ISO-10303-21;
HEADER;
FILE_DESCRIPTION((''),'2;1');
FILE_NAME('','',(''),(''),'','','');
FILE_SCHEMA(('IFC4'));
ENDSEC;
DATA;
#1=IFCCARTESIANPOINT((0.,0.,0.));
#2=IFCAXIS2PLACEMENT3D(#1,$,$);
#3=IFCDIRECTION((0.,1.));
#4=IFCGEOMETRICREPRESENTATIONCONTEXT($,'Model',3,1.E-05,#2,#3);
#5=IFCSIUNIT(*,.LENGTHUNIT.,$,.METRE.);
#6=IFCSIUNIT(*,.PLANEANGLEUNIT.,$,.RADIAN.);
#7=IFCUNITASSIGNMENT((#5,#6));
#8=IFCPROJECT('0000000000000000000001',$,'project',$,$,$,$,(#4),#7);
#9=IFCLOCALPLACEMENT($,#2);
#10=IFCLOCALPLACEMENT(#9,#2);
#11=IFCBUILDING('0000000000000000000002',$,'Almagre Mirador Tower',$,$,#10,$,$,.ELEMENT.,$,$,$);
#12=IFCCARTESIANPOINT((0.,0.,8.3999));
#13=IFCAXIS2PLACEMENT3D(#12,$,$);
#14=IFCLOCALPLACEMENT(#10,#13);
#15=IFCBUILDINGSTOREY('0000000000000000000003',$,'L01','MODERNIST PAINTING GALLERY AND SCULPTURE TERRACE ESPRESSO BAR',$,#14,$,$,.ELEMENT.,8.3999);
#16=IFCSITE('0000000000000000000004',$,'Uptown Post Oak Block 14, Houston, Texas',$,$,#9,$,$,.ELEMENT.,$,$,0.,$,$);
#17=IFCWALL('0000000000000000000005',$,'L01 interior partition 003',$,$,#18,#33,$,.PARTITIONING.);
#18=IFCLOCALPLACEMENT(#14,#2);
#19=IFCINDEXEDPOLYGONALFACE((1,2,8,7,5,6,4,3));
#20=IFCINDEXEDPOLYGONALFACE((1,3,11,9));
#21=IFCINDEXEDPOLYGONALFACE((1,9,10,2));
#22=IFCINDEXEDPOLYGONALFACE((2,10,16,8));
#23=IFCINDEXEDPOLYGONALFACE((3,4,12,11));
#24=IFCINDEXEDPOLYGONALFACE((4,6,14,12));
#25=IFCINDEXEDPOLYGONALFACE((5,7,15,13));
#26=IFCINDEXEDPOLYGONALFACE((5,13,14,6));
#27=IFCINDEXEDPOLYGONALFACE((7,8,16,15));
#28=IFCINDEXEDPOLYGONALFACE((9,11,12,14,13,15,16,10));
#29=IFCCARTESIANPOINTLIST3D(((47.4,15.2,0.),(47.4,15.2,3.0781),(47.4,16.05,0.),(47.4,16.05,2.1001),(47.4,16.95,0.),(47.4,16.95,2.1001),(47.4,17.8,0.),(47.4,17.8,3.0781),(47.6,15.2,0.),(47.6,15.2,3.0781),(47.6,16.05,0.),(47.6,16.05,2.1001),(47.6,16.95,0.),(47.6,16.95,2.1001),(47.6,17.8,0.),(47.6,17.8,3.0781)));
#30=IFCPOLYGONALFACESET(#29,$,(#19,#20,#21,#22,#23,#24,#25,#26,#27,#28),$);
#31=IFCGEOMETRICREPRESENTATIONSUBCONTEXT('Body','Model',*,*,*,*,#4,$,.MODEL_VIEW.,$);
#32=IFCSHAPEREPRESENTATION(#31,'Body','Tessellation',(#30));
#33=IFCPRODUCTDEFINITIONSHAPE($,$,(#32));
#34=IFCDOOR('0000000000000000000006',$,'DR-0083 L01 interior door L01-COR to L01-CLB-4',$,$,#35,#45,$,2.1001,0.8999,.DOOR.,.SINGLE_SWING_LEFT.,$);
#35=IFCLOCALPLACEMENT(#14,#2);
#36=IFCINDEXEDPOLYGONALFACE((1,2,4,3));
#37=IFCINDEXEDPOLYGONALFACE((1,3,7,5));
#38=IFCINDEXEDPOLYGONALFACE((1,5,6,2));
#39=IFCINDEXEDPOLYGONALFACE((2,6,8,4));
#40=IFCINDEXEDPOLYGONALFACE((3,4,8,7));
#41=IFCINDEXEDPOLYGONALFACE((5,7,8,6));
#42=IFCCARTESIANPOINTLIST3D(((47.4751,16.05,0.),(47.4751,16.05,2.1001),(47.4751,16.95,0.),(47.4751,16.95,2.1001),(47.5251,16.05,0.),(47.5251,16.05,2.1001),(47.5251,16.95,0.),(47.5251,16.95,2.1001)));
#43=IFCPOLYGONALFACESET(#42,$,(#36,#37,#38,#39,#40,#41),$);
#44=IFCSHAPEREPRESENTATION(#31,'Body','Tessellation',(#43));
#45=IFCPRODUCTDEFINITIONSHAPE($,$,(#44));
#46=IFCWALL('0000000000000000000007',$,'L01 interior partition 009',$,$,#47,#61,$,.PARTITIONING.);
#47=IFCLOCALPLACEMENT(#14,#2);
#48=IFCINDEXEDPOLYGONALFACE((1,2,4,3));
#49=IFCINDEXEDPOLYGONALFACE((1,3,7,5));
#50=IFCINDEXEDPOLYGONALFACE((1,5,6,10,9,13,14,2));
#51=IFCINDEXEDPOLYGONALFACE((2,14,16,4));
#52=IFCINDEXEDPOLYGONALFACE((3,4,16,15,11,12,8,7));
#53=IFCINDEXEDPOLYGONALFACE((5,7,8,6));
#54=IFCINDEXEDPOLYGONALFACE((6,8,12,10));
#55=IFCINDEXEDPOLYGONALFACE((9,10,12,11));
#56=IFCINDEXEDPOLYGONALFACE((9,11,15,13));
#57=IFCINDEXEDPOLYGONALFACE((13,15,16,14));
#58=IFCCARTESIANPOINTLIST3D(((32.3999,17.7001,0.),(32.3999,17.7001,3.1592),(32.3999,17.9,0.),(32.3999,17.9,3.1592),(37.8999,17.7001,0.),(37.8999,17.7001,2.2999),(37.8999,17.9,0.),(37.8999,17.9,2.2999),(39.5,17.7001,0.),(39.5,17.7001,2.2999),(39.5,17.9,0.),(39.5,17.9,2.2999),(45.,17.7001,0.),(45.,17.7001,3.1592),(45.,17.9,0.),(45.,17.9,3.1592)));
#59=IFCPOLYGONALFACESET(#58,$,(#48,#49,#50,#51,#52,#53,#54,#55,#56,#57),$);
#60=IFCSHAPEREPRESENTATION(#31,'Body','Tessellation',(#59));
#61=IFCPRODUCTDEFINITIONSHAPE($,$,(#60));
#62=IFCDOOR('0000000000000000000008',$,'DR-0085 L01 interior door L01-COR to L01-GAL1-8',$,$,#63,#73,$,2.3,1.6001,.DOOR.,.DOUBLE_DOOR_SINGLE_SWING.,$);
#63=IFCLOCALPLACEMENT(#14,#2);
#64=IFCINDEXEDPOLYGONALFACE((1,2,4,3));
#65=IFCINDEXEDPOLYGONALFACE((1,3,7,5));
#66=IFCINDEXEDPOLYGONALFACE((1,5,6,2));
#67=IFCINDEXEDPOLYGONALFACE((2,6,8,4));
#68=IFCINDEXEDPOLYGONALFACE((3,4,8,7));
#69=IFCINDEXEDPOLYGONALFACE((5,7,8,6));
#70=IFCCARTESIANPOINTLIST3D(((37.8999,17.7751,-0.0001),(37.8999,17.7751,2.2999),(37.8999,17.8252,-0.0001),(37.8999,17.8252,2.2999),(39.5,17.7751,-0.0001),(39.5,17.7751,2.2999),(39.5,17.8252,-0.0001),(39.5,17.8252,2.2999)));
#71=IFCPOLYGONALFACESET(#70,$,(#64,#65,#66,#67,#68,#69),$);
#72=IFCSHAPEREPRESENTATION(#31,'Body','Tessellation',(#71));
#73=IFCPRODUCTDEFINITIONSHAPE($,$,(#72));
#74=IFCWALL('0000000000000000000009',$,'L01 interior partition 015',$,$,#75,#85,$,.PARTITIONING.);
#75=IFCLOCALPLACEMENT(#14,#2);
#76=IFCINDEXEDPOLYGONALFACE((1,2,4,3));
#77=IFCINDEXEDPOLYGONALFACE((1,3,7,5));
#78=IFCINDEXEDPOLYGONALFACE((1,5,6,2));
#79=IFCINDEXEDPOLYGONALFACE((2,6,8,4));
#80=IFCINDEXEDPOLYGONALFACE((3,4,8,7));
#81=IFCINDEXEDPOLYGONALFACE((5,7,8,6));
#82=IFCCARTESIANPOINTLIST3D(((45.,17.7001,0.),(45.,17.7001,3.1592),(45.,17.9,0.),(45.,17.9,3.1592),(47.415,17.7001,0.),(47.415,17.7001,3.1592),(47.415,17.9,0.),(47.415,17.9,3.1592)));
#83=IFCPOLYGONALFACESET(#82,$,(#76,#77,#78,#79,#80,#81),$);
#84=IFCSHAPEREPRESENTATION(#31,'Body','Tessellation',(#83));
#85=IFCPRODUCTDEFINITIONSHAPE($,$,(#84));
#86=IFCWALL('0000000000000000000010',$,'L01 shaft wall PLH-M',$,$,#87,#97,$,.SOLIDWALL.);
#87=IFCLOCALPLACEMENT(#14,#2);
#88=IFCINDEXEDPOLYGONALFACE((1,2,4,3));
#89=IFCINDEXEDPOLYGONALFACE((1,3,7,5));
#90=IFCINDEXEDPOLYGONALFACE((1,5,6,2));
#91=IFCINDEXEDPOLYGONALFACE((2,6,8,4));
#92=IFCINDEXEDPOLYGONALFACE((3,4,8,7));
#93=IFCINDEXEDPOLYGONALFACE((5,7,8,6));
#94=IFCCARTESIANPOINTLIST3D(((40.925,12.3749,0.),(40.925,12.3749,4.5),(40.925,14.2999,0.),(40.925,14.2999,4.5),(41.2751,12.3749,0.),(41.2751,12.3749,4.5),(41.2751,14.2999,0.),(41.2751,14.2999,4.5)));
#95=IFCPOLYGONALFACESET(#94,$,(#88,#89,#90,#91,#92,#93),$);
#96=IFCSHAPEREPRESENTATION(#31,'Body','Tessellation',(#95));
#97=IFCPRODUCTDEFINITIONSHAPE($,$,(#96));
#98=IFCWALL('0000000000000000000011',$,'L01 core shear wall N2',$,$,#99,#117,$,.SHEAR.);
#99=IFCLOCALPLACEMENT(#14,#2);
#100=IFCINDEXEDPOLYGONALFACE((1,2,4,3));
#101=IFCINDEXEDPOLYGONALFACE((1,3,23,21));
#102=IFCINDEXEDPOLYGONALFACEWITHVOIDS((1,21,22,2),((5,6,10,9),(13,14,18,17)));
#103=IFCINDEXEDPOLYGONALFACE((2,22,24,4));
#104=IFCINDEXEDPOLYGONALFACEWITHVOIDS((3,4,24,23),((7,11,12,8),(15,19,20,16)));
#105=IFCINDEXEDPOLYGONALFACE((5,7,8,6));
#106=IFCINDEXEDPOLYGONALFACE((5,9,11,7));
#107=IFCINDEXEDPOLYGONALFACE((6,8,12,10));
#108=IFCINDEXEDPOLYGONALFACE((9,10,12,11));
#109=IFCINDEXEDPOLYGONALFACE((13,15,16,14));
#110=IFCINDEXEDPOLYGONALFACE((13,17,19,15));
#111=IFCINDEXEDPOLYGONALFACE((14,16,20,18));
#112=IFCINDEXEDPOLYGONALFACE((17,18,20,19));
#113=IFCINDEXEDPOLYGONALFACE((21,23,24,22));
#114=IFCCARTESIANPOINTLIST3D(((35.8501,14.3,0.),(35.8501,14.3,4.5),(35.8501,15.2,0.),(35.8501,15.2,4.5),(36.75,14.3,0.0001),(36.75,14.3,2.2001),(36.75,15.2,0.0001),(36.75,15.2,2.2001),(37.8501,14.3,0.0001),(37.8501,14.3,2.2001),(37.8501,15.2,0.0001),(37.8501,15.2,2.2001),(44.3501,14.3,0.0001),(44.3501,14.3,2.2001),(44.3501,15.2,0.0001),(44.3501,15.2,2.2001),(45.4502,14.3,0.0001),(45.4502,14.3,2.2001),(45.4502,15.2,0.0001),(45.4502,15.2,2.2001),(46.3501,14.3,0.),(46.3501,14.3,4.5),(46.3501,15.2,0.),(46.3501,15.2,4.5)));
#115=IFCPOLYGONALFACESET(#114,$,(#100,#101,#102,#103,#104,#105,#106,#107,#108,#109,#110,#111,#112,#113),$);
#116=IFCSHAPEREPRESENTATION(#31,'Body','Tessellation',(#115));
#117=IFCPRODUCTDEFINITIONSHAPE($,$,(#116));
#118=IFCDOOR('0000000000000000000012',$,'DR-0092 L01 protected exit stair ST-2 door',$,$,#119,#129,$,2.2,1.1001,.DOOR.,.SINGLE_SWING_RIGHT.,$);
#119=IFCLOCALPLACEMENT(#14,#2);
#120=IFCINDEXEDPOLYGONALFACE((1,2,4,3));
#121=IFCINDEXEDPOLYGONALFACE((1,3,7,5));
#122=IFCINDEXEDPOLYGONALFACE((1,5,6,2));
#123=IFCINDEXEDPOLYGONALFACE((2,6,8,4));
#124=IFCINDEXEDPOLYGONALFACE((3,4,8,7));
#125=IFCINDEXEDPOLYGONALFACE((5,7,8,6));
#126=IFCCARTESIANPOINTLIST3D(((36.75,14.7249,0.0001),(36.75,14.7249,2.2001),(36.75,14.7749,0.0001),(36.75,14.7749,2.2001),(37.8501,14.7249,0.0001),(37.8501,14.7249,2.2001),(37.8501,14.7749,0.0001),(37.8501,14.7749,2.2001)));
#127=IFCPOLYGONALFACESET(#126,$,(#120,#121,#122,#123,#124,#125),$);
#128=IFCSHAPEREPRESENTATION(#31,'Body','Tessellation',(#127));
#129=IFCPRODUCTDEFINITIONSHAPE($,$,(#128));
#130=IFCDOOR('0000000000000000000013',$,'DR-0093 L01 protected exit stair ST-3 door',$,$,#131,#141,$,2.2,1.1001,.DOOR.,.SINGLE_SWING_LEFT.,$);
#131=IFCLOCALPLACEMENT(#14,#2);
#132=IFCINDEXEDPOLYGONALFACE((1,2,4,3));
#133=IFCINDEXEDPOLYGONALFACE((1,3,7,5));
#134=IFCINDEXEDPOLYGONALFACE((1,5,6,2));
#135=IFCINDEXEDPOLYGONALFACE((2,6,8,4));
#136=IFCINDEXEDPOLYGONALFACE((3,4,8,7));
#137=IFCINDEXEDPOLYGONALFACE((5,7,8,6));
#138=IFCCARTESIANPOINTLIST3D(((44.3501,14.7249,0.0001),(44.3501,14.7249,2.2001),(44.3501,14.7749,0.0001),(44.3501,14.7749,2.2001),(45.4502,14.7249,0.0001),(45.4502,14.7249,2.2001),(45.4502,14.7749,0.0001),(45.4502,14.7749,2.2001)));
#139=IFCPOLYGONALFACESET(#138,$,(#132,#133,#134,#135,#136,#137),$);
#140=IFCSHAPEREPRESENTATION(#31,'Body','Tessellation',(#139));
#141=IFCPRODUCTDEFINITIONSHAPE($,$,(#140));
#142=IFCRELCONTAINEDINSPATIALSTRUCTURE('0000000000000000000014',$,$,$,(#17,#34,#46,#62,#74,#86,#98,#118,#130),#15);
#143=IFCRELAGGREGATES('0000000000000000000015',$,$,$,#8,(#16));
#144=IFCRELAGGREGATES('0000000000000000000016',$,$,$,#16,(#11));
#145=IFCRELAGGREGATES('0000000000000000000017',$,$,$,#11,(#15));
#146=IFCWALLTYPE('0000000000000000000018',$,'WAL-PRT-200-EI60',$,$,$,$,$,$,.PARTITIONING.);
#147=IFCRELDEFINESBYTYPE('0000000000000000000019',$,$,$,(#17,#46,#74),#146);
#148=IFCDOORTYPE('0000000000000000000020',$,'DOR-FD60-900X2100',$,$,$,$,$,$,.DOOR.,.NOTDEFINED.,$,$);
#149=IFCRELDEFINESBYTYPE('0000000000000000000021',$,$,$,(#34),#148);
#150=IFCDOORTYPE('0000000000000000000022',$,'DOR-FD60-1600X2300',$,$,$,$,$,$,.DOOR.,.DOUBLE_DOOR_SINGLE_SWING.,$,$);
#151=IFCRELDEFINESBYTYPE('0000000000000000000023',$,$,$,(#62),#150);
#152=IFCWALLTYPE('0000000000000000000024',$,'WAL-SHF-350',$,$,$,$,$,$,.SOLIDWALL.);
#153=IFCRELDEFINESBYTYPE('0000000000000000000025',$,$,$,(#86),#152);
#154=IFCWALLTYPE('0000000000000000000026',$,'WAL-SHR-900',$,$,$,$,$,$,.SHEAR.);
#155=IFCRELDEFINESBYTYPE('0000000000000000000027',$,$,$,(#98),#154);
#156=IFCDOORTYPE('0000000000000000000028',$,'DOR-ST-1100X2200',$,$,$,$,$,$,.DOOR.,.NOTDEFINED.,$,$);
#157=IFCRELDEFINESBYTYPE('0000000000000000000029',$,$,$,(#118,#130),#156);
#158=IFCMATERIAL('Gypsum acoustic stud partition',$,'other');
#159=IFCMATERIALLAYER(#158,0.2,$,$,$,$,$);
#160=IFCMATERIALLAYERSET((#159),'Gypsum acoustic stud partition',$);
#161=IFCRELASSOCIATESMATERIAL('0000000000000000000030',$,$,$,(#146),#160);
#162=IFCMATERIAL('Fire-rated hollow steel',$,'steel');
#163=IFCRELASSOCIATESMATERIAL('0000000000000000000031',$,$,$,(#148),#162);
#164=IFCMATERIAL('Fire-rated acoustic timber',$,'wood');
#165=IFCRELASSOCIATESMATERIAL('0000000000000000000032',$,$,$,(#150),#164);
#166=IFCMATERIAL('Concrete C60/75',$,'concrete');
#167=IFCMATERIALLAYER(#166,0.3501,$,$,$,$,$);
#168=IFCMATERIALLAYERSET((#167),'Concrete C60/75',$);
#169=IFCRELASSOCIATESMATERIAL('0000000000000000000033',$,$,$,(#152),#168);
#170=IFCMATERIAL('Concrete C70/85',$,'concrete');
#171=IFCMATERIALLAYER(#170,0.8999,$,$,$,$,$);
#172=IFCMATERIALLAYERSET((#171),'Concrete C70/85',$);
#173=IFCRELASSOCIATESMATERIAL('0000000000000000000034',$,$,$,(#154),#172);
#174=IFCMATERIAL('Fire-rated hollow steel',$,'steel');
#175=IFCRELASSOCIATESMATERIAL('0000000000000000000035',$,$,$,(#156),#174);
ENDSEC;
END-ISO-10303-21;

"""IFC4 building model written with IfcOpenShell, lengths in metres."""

from ifc_helpers import new_model, si_unit, direction, frame, frame_2d, origin, place, context, subcontext, project, spatial, rectangle, extrude, material, layer, layer_set, type_object, element, fill, save


model = new_model("IFC4")

# Units and contexts
model_context = context("Model", 3, precision=1e-05, world=origin(), true_north=direction((0.0, 1.0)))
body_context = subcontext(model_context, "Body", "Model", "MODEL_VIEW")
ifc_project = project(units=[si_unit("LENGTHUNIT", "METRE"), si_unit("PLANEANGLEUNIT", "RADIAN")], contexts=[model_context])

# Site, building, storey
site_placement = place(None, origin())
site = spatial("IfcSite", under=ifc_project, at=site_placement, Name="Uptown Post Oak Block 14, Houston, Texas", CompositionType="ELEMENT", RefElevation=0.0)
building_placement = place(site_placement, origin())
building = spatial("IfcBuilding", under=site, at=building_placement, Name="Almagre Mirador Tower", CompositionType="ELEMENT")
storey_placement = place(building_placement, frame((0.0, 0.0, 8.3999)))
storey = spatial("IfcBuildingStorey", under=building, at=storey_placement, Name="L01", Description="MODERNIST PAINTING GALLERY AND SCULPTURE TERRACE ESPRESSO BAR", CompositionType="ELEMENT", Elevation=8.3999)

# Walls, openings, doors
ifc_material_1 = material(Name="Gypsum acoustic stud partition", Category="other")
ifc_layer_1 = layer(ifc_material_1, 0.2)
ifc_layer_set_1 = layer_set([ifc_layer_1], Name="Gypsum acoustic stud partition")
wall_type_1 = type_object("IfcWallType", Name="WAL-PRT-200-EI60", PredefinedType="PARTITIONING", material=ifc_layer_set_1)
wall_1_placement = place(storey_placement, frame((47.5, 15.2, 0.0), z_axis=(0.0, 0.0, 1.0), x_axis=(0.0, 1.0, 0.0)))
wall_1 = element("IfcWall", 1, at=wall_1_placement, inside=storey, type_object=wall_type_1, Name="L01 interior partition 003", PredefinedType="PARTITIONING", context=body_context, shape_type="SweptSolid", body=[
    extrude(rectangle(XDim=2.6001, YDim=0.2, at=frame_2d((1.3, 0.0))), origin(), (0.0, 0.0, 1.0), 3.0781),
])
opening_1_placement = place(wall_1_placement, frame((0.8501, 0.0, 0.0)))
opening_1 = element("IfcOpeningElement", 2, at=opening_1_placement, cuts=wall_1, PredefinedType="OPENING", context=body_context, shape_type="SweptSolid", body=[
    extrude(rectangle(XDim=0.8999, YDim=2.1001, at=frame_2d((0.45, 1.05))), frame((0.0, 0.1101, 0.0), z_axis=(0.0, -1.0, 0.0), x_axis=(1.0, 0.0, 0.0)), (0.0, 0.0, 1.0), 0.22),
])
ifc_material_2 = material(Name="Fire-rated hollow steel", Category="steel")
door_type_1 = type_object("IfcDoorType", Name="DOR-FD60-900X2100", OperationType="NOTDEFINED", PredefinedType="DOOR", material=ifc_material_2)
door_1_placement = place(opening_1_placement, origin())
door_1 = element("IfcDoor", 3, at=door_1_placement, inside=storey, type_object=door_type_1, Name="DR-0083 L01 interior door L01-COR to L01-CLB-4", OperationType="SINGLE_SWING_LEFT", OverallHeight=2.1001, OverallWidth=0.8999, PredefinedType="DOOR", context=body_context, shape_type="SweptSolid", body=[
    extrude(rectangle(XDim=0.8999, YDim=2.1001, at=frame_2d((0.45, 1.05))), frame((0.0, 0.0249, 0.0), z_axis=(0.0, -1.0, 0.0), x_axis=(1.0, 0.0, 0.0)), (0.0, 0.0, 1.0), 0.05),
])
fill(opening_1, door_1)
wall_2_placement = place(storey_placement, frame((45.0, 17.8, 0.0), z_axis=(0.0, 0.0, 1.0), x_axis=(-1.0, 0.0, 0.0)))
wall_2 = element("IfcWall", 4, at=wall_2_placement, inside=storey, type_object=wall_type_1, Name="L01 interior partition 009", PredefinedType="PARTITIONING", context=body_context, shape_type="SweptSolid", body=[
    extrude(rectangle(XDim=12.6001, YDim=0.2, at=frame_2d((6.3, 0.0))), origin(), (0.0, 0.0, 1.0), 3.1592),
])
opening_2_placement = place(wall_2_placement, frame((5.5, 0.0, 0.0)))
opening_2 = element("IfcOpeningElement", 5, at=opening_2_placement, cuts=wall_2, PredefinedType="OPENING", context=body_context, shape_type="SweptSolid", body=[
    extrude(rectangle(XDim=1.6001, YDim=2.3, at=frame_2d((0.8, 1.1499))), frame((0.0, 0.1101, 0.0), z_axis=(0.0, -1.0, 0.0), x_axis=(1.0, 0.0, 0.0)), (0.0, 0.0, 1.0), 0.22),
])
ifc_material_3 = material(Name="Fire-rated acoustic timber", Category="wood")
door_type_2 = type_object("IfcDoorType", Name="DOR-FD60-1600X2300", OperationType="DOUBLE_DOOR_SINGLE_SWING", PredefinedType="DOOR", material=ifc_material_3)
door_2_placement = place(opening_2_placement, origin())
door_2 = element("IfcDoor", 6, at=door_2_placement, inside=storey, type_object=door_type_2, Name="DR-0085 L01 interior door L01-COR to L01-GAL1-8", OperationType="DOUBLE_DOOR_SINGLE_SWING", OverallHeight=2.3, OverallWidth=1.6001, PredefinedType="DOOR", context=body_context, shape_type="SweptSolid", body=[
    extrude(rectangle(XDim=1.6001, YDim=2.3, at=frame_2d((0.8, 1.1499))), frame((0.0, 0.0249, 0.0), z_axis=(0.0, -1.0, 0.0), x_axis=(1.0, 0.0, 0.0)), (0.0, 0.0, 1.0), 0.05),
])
fill(opening_2, door_2)

# Walls
wall_3_placement = place(storey_placement, frame((47.415, 17.8, 0.0), z_axis=(0.0, 0.0, 1.0), x_axis=(-1.0, 0.0, 0.0)))
element("IfcWall", 7, at=wall_3_placement, inside=storey, type_object=wall_type_1, Name="L01 interior partition 015", PredefinedType="PARTITIONING", context=body_context, shape_type="SweptSolid", body=[
    extrude(rectangle(XDim=2.415, YDim=0.2, at=frame_2d((1.2075, 0.0))), origin(), (0.0, 0.0, 1.0), 3.1592),
])
ifc_material_4 = material(Name="Concrete C60/75", Category="concrete")
ifc_layer_2 = layer(ifc_material_4, 0.3501)
ifc_layer_set_2 = layer_set([ifc_layer_2], Name="Concrete C60/75")
wall_type_2 = type_object("IfcWallType", Name="WAL-SHF-350", PredefinedType="SOLIDWALL", material=ifc_layer_set_2)
wall_4_placement = place(storey_placement, frame((41.1001, 12.375, 0.0), z_axis=(0.0, 0.0, 1.0), x_axis=(0.0, 1.0, 0.0)))
element("IfcWall", 8, at=wall_4_placement, inside=storey, type_object=wall_type_2, Name="L01 shaft wall PLH-M", PredefinedType="SOLIDWALL", context=body_context, shape_type="SweptSolid", body=[
    extrude(rectangle(XDim=1.925, YDim=0.3501, at=frame_2d((0.9624, 0.0))), origin(), (0.0, 0.0, 1.0), 4.5),
])

# Wall, openings, doors
ifc_material_5 = material(Name="Concrete C70/85", Category="concrete")
ifc_layer_3 = layer(ifc_material_5, 0.8999)
ifc_layer_set_3 = layer_set([ifc_layer_3], Name="Concrete C70/85")
wall_type_3 = type_object("IfcWallType", Name="WAL-SHR-900", PredefinedType="SHEAR", material=ifc_layer_set_3)
wall_5_placement = place(storey_placement, frame((35.8501, 14.75, 0.0), z_axis=(0.0, 0.0, 1.0), x_axis=(1.0, 0.0, 0.0)))
wall_5 = element("IfcWall", 9, at=wall_5_placement, inside=storey, type_object=wall_type_3, Name="L01 core shear wall N2", PredefinedType="SHEAR", context=body_context, shape_type="SweptSolid", body=[
    extrude(rectangle(XDim=10.5, YDim=0.8999, at=frame_2d((5.25, 0.0))), origin(), (0.0, 0.0, 1.0), 4.5),
])
opening_3_placement = place(wall_5_placement, frame((0.8999, 0.0, 0.0)))
opening_3 = element("IfcOpeningElement", 10, at=opening_3_placement, cuts=wall_5, PredefinedType="OPENING", context=body_context, shape_type="SweptSolid", body=[
    extrude(rectangle(XDim=1.1001, YDim=2.2, at=frame_2d((0.55, 1.1001))), frame((0.0, 0.46, 0.0), z_axis=(0.0, -1.0, 0.0), x_axis=(1.0, 0.0, 0.0)), (0.0, 0.0, 1.0), 0.9199),
])
opening_4_placement = place(wall_5_placement, frame((8.5, 0.0, 0.0)))
opening_4 = element("IfcOpeningElement", 11, at=opening_4_placement, cuts=wall_5, PredefinedType="OPENING", context=body_context, shape_type="SweptSolid", body=[
    extrude(rectangle(XDim=1.1001, YDim=2.2, at=frame_2d((0.55, 1.1001))), frame((0.0, 0.46, 0.0), z_axis=(0.0, -1.0, 0.0), x_axis=(1.0, 0.0, 0.0)), (0.0, 0.0, 1.0), 0.9199),
])
ifc_material_6 = material(Name="Fire-rated hollow steel", Category="steel")
door_type_3 = type_object("IfcDoorType", Name="DOR-ST-1100X2200", OperationType="NOTDEFINED", PredefinedType="DOOR", material=ifc_material_6)
door_3_placement = place(opening_3_placement, origin())
door_3 = element("IfcDoor", 12, at=door_3_placement, inside=storey, type_object=door_type_3, Name="DR-0092 L01 protected exit stair ST-2 door", OperationType="SINGLE_SWING_RIGHT", OverallHeight=2.2, OverallWidth=1.1001, PredefinedType="DOOR", context=body_context, shape_type="SweptSolid", body=[
    extrude(rectangle(XDim=1.1001, YDim=2.2, at=frame_2d((0.55, 1.1001))), frame((0.0, 0.0249, 0.0), z_axis=(0.0, -1.0, 0.0), x_axis=(1.0, 0.0, 0.0)), (0.0, 0.0, 1.0), 0.05),
])
fill(opening_3, door_3)
door_4_placement = place(opening_4_placement, origin())
door_4 = element("IfcDoor", 13, at=door_4_placement, inside=storey, type_object=door_type_3, Name="DR-0093 L01 protected exit stair ST-3 door", OperationType="SINGLE_SWING_LEFT", OverallHeight=2.2, OverallWidth=1.1001, PredefinedType="DOOR", context=body_context, shape_type="SweptSolid", body=[
    extrude(rectangle(XDim=1.1001, YDim=2.2, at=frame_2d((0.55, 1.1001))), frame((0.0, 0.0249, 0.0), z_axis=(0.0, -1.0, 0.0), x_axis=(1.0, 0.0, 0.0)), (0.0, 0.0, 1.0), 0.05),
])
fill(opening_4, door_4)

save(model, "model.ifc")
